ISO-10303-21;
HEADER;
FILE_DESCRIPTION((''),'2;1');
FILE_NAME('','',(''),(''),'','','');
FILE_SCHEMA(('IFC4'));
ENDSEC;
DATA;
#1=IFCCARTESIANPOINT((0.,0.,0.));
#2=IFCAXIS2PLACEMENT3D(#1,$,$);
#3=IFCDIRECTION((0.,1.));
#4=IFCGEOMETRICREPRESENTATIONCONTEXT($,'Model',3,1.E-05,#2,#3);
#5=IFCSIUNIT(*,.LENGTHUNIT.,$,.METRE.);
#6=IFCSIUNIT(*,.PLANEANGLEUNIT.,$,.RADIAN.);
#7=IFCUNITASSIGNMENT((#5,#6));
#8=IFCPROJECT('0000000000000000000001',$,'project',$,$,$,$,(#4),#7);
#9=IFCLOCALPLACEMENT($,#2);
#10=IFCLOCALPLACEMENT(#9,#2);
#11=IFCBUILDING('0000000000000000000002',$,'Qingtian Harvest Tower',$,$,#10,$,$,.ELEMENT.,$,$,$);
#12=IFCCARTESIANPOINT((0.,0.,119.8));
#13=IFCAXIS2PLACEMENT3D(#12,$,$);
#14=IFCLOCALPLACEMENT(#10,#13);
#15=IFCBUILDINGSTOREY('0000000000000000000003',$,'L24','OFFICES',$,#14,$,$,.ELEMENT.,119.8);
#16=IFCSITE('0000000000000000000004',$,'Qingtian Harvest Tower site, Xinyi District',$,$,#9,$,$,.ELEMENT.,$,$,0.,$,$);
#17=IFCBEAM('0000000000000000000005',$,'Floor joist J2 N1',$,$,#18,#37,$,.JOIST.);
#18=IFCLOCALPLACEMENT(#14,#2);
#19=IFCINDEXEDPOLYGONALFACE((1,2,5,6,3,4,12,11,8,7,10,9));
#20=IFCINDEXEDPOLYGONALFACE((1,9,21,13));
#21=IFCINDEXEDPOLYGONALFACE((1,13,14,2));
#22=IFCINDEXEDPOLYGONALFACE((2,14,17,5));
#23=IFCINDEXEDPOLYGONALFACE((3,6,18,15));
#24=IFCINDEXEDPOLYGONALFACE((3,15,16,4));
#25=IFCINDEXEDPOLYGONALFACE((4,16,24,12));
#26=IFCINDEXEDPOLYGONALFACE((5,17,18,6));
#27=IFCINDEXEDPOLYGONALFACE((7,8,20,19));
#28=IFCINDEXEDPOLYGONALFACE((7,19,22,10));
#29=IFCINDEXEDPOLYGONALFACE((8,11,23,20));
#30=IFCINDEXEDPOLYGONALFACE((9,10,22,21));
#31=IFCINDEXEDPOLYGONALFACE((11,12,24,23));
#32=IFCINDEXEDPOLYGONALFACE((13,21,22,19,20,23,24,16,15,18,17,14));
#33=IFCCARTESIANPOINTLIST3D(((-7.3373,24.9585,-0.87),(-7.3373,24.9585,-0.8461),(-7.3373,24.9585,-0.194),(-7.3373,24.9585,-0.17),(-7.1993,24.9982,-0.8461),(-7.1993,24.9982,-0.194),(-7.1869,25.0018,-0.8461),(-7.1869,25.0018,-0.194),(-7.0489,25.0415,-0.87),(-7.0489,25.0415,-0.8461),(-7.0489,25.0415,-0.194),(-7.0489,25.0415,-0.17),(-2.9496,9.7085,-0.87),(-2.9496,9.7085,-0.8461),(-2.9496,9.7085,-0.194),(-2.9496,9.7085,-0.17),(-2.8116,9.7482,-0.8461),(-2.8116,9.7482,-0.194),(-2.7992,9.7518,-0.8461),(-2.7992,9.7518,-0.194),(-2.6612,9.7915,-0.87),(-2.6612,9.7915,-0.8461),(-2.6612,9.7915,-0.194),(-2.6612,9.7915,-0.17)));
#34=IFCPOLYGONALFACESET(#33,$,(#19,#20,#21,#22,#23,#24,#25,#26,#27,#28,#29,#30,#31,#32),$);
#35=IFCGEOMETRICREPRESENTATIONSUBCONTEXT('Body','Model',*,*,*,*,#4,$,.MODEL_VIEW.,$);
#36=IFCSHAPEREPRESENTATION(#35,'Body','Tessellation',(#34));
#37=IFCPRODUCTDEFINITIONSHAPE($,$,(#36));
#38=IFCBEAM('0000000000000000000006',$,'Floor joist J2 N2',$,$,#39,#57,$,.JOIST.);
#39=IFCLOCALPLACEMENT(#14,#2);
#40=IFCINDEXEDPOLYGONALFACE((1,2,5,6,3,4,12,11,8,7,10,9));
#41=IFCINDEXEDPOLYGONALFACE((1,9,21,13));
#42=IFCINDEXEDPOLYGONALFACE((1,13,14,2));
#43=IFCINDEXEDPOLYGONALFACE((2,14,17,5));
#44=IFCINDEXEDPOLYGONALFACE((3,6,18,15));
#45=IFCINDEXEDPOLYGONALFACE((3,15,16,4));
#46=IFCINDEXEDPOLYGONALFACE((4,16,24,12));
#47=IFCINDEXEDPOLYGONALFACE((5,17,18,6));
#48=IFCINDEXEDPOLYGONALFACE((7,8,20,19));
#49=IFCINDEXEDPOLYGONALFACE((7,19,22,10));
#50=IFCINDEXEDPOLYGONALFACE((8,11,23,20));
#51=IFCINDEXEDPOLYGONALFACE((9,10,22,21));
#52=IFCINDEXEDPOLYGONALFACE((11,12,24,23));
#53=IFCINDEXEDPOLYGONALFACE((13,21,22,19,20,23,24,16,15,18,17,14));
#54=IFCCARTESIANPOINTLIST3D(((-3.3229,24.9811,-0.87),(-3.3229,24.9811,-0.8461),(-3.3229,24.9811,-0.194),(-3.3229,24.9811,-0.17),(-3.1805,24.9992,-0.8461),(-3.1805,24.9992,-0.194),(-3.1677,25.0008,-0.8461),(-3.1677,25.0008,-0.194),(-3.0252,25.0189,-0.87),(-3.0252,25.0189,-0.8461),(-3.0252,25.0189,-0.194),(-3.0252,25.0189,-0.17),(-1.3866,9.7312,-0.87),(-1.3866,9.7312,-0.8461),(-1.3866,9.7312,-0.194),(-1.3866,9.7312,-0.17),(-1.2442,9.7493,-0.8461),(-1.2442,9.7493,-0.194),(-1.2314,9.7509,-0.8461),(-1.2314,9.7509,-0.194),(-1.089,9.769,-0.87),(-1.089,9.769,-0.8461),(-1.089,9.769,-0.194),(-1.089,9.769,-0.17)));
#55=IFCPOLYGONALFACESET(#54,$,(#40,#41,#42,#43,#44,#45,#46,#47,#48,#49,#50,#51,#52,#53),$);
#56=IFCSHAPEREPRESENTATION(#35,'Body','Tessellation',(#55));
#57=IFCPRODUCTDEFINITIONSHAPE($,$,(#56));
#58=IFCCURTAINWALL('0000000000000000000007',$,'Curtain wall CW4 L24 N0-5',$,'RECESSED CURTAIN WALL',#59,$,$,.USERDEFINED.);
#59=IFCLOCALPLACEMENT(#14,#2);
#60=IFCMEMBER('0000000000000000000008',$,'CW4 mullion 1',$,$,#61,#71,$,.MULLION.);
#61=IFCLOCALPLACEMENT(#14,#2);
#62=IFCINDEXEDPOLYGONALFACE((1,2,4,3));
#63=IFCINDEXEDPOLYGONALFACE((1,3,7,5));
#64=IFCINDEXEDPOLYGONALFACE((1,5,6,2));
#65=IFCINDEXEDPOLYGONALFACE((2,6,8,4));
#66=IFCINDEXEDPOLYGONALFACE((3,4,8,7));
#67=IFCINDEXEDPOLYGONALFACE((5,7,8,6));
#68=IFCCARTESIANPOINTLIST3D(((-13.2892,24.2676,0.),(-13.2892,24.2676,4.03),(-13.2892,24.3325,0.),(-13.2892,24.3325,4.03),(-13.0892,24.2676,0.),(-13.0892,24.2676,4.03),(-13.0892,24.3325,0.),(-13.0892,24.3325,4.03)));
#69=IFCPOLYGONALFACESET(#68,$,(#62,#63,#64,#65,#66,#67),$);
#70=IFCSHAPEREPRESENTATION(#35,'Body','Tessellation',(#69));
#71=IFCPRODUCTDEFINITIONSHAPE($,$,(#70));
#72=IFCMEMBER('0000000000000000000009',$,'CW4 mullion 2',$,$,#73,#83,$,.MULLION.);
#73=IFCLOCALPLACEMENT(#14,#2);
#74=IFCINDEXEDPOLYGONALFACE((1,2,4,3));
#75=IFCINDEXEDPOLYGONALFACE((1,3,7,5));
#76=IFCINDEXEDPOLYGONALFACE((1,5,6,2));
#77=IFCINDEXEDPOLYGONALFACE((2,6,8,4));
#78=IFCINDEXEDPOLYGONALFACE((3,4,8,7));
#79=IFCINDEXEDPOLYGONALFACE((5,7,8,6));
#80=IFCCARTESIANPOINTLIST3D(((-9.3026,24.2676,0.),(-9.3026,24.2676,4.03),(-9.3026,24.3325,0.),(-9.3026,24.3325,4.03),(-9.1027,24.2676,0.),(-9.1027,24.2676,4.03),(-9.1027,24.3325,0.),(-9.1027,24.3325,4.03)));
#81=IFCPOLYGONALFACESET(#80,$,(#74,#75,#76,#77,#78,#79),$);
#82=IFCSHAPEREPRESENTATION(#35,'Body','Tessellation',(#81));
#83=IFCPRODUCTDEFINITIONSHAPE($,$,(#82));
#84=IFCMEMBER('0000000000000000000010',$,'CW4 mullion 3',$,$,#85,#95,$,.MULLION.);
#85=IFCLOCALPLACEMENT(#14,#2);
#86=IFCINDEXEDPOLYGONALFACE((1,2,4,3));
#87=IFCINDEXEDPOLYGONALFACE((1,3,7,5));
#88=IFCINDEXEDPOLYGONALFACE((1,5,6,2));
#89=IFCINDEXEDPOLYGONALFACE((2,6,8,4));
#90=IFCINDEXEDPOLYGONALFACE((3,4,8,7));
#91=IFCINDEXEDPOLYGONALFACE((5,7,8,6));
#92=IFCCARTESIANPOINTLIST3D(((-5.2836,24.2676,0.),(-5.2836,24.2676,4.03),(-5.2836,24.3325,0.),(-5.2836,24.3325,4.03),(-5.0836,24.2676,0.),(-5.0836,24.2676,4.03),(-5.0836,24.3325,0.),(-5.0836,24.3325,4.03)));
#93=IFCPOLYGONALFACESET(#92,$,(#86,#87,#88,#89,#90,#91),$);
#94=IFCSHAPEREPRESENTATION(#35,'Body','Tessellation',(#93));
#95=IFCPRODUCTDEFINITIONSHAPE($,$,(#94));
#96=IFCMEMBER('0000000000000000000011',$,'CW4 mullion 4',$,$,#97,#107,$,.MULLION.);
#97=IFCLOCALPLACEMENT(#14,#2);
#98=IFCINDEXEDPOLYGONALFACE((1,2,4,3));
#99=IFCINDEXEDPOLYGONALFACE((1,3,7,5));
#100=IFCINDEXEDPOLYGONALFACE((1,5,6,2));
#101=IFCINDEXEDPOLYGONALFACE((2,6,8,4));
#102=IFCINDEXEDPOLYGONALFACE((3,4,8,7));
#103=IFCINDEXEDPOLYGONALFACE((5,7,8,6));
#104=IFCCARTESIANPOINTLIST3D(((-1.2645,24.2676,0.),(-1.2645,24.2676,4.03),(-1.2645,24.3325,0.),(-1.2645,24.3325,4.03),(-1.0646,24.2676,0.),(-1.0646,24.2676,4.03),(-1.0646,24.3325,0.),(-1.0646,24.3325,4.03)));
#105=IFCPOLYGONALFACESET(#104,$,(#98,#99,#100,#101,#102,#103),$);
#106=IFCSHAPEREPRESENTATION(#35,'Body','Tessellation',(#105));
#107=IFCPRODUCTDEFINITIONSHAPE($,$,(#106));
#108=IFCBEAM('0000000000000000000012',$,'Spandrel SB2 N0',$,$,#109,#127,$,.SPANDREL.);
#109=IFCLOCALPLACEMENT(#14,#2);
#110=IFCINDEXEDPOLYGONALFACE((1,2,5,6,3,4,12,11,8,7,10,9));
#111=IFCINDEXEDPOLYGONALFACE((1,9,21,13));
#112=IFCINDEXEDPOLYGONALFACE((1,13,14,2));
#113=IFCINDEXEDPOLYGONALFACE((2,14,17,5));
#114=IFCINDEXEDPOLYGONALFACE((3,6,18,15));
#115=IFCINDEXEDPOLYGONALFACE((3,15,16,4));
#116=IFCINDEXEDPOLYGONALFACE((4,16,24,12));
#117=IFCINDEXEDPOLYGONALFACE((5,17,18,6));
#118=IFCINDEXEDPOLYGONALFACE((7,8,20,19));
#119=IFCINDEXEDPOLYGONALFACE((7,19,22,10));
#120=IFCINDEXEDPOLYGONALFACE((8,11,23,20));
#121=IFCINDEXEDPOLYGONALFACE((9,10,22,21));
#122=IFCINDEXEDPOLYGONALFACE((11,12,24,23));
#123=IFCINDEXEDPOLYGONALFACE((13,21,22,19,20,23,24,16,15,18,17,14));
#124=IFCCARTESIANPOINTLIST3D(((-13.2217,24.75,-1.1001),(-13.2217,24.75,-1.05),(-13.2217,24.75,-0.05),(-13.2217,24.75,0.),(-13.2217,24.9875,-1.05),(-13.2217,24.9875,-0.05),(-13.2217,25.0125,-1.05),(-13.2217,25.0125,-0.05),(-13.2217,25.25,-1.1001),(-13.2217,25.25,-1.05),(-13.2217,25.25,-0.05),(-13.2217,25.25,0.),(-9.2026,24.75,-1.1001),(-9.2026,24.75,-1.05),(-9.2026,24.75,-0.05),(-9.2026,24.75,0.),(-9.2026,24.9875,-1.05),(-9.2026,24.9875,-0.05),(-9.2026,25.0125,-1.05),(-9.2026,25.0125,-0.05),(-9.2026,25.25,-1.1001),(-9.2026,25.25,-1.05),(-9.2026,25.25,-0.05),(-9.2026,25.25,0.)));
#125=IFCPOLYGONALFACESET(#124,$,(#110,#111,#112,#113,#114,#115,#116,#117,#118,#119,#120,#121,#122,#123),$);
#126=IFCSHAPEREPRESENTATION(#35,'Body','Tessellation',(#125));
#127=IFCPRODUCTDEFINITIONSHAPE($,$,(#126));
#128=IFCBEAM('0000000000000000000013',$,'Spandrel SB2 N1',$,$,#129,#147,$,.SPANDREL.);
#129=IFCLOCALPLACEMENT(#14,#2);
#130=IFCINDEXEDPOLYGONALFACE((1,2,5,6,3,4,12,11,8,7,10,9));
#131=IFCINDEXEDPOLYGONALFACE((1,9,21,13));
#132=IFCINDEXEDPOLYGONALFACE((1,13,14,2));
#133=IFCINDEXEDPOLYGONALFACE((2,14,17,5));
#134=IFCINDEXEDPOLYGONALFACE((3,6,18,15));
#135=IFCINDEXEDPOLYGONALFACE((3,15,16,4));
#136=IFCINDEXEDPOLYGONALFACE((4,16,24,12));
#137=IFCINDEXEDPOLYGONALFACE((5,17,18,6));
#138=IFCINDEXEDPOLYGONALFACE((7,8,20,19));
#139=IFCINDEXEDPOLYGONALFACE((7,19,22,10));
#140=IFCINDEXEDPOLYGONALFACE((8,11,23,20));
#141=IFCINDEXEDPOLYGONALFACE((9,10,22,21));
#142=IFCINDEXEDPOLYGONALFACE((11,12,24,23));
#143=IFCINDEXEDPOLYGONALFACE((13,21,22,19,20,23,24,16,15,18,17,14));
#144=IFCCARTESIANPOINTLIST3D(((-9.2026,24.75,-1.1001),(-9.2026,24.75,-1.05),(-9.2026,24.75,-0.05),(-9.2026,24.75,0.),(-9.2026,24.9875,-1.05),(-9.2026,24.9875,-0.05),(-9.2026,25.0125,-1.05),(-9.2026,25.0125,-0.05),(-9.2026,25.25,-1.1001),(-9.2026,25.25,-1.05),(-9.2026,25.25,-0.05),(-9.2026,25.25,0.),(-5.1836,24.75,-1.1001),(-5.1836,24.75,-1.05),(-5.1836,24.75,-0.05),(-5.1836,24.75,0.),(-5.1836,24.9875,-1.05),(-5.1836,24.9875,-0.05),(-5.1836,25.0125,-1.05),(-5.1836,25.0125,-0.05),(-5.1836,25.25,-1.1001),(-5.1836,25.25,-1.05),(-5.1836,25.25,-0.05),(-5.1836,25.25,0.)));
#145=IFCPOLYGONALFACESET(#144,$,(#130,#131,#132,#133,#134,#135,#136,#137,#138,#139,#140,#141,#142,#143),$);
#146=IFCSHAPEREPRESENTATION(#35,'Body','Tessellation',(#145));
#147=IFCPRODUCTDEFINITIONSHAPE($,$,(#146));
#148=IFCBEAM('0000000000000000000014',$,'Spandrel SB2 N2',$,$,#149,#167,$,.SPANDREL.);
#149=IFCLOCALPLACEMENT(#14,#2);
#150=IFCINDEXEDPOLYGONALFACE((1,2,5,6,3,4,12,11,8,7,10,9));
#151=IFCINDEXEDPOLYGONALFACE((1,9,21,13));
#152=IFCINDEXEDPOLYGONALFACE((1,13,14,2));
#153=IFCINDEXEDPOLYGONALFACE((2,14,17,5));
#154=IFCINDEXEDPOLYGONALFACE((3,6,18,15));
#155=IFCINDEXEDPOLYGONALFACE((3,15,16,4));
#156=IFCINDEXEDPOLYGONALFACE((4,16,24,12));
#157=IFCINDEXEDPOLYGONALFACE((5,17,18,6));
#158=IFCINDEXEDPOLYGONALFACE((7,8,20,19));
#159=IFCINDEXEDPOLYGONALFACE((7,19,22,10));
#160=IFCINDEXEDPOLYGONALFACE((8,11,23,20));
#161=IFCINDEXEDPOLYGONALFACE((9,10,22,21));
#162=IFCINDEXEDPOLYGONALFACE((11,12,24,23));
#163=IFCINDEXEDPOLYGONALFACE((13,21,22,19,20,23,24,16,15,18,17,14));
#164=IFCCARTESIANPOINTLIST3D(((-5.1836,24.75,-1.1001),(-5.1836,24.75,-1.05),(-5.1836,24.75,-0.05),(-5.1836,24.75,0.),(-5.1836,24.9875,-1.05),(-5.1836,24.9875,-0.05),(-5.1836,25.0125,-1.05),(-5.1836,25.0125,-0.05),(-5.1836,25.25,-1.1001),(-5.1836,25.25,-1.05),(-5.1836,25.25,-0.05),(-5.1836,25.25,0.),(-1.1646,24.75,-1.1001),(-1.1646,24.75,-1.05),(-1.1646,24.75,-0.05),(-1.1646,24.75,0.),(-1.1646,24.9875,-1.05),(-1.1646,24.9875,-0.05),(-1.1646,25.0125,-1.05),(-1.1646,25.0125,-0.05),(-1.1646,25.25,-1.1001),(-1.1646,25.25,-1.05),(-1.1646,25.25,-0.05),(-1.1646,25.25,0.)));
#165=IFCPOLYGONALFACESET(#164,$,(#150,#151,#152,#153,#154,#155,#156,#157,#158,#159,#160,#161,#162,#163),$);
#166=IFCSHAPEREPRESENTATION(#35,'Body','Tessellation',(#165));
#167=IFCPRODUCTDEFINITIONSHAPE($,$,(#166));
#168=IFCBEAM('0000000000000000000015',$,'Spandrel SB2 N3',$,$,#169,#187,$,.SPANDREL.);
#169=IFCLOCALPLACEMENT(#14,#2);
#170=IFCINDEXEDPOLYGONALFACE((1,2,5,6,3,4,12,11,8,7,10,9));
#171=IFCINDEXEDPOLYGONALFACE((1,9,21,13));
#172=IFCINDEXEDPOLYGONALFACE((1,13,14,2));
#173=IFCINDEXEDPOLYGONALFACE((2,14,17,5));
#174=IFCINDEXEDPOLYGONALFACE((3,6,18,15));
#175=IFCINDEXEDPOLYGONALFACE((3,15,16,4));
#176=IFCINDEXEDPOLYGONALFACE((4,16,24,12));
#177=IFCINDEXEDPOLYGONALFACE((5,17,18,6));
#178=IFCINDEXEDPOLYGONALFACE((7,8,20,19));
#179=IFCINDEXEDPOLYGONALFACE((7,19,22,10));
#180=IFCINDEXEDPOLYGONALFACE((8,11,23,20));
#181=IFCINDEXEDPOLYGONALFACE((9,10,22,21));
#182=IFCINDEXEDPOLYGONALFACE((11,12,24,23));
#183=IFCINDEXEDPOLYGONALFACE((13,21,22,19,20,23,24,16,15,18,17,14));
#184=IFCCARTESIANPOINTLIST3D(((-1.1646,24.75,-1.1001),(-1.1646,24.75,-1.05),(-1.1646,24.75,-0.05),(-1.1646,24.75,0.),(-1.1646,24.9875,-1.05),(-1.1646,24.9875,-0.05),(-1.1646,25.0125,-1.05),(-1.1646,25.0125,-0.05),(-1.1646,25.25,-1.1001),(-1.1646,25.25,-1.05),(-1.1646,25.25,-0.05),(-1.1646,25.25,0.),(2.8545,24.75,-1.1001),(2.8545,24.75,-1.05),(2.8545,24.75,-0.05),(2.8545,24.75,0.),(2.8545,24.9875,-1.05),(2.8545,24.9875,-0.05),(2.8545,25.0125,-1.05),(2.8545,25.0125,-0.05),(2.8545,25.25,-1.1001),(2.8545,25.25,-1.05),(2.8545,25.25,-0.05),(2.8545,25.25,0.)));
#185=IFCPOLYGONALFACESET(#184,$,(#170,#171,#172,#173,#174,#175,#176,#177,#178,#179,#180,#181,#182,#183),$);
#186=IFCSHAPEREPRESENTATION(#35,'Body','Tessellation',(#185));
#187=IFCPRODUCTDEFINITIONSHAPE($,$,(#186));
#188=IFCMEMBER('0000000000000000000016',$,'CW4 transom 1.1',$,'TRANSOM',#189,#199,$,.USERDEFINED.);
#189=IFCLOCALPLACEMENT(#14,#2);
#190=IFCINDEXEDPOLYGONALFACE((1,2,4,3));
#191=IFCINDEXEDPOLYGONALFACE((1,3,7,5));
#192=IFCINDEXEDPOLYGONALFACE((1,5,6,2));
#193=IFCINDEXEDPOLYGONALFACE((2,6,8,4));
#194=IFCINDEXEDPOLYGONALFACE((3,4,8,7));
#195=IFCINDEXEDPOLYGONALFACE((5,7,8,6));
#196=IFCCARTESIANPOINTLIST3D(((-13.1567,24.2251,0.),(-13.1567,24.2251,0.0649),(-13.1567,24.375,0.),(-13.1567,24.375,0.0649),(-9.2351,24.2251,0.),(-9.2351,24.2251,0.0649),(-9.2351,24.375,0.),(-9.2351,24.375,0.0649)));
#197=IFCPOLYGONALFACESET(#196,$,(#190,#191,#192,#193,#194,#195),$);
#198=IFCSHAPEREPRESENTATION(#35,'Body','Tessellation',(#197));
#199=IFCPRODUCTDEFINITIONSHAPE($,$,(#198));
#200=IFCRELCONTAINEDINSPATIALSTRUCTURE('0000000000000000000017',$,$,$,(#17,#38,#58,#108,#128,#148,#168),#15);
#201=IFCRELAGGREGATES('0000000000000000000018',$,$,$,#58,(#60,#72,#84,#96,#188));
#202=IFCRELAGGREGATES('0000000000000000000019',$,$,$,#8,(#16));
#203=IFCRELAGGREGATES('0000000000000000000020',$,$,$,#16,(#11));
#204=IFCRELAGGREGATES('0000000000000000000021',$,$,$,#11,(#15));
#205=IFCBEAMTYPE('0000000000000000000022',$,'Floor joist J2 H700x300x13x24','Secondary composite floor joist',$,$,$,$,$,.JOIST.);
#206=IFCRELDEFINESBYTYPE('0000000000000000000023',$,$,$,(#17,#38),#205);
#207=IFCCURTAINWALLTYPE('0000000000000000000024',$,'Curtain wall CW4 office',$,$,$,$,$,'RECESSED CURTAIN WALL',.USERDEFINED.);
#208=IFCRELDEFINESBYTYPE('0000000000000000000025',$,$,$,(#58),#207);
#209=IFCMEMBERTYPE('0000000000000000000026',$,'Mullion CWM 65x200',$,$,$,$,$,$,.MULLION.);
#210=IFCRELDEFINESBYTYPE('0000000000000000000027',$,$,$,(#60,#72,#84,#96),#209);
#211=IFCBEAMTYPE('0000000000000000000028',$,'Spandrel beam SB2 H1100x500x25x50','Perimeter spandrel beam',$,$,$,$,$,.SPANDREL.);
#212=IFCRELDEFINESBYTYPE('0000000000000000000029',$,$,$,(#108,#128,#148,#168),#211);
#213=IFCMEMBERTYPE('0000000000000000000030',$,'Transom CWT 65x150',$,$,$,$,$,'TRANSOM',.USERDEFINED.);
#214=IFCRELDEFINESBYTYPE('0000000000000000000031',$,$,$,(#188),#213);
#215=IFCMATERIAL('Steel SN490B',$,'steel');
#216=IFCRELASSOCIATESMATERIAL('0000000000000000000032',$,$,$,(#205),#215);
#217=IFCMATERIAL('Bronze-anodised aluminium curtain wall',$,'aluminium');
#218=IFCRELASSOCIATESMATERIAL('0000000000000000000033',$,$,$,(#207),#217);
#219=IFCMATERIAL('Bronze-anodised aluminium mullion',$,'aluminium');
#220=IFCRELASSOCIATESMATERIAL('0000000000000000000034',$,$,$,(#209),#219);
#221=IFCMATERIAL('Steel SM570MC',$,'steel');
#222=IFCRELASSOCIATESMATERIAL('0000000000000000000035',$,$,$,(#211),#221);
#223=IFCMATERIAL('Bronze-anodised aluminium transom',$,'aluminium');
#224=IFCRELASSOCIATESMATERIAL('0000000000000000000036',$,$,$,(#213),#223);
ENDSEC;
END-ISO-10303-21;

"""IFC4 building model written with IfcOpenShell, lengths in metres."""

from ifc_helpers import new_model, si_unit, direction, frame, origin, origin_2d, place, context, subcontext, project, spatial, rectangle, i_section, extrude, material, material_profile, profile_set, type_object, element, aggregate, save


model = new_model("IFC4")

# Units and contexts
model_context = context("Model", 3, precision=1e-05, world=origin(), true_north=direction((0.0, 1.0)))
body_context = subcontext(model_context, "Body", "Model", "MODEL_VIEW")
ifc_project = project(units=[si_unit("LENGTHUNIT", "METRE"), si_unit("PLANEANGLEUNIT", "RADIAN")], contexts=[model_context])

# Site, building, storey
site_placement = place(None, origin())
site = spatial("IfcSite", under=ifc_project, at=site_placement, Name="Qingtian Harvest Tower site, Xinyi District", CompositionType="ELEMENT", RefElevation=0.0)
building_placement = place(site_placement, origin())
building = spatial("IfcBuilding", under=site, at=building_placement, Name="Qingtian Harvest Tower", CompositionType="ELEMENT")
storey_placement = place(building_placement, frame((0.0, 0.0, 119.8)))
storey = spatial("IfcBuildingStorey", under=building, at=storey_placement, Name="L24", Description="OFFICES", CompositionType="ELEMENT", Elevation=119.8)

# Beams
ifc_material_1 = material(Name="Steel SN490B", Category="steel")
ifc_material_profile_1 = material_profile(ifc_material_1, i_section(OverallWidth=0.3, OverallDepth=0.7, WebThickness=0.0129, FlangeThickness=0.0239, at=origin_2d()), Name="H700x300x13x24")
ifc_profile_set_1 = profile_set([ifc_material_profile_1], Name="Steel SN490B")
beam_type_1 = type_object("IfcBeamType", Name="Floor joist J2 H700x300x13x24", Description="Secondary composite floor joist", PredefinedType="JOIST", material=ifc_profile_set_1)
beam_1_placement = place(storey_placement, frame((-7.1931, 25.0, -0.52), z_axis=(0.276501, -0.961014, 0.0), x_axis=(0.961014, 0.276501, 0.0)))
element("IfcBeam", 1, at=beam_1_placement, inside=storey, type_object=beam_type_1, Name="Floor joist J2 N1", PredefinedType="JOIST", context=body_context, shape_type="SweptSolid", body=[
    extrude(i_section(OverallWidth=0.3, OverallDepth=0.7, WebThickness=0.0129, FlangeThickness=0.0239, at=origin_2d()), origin(), (0.0, 0.0, 1.0), 15.8687),
])
beam_2_placement = place(storey_placement, frame((-3.1741, 25.0, -0.52), z_axis=(0.125958, -0.992036, 0.0), x_axis=(0.992036, 0.125958, 0.0)))
element("IfcBeam", 2, at=beam_2_placement, inside=storey, type_object=beam_type_1, Name="Floor joist J2 N2", PredefinedType="JOIST", context=body_context, shape_type="SweptSolid", body=[
    extrude(i_section(OverallWidth=0.3, OverallDepth=0.7, WebThickness=0.0129, FlangeThickness=0.0239, at=origin_2d()), origin(), (0.0, 0.0, 1.0), 15.3723),
])

# Curtain wall, members
ifc_material_2 = material(Name="Bronze-anodised aluminium curtain wall", Category="aluminium")
curtain_wall_type = type_object("IfcCurtainWallType", Name="Curtain wall CW4 office", ElementType="RECESSED CURTAIN WALL", PredefinedType="USERDEFINED", material=ifc_material_2)
curtain_wall_placement = place(storey_placement, origin())
curtain_wall = element("IfcCurtainWall", 3, at=curtain_wall_placement, inside=storey, type_object=curtain_wall_type, Name="Curtain wall CW4 L24 N0-5", ObjectType="RECESSED CURTAIN WALL", PredefinedType="USERDEFINED")
ifc_material_3 = material(Name="Bronze-anodised aluminium mullion", Category="aluminium")
ifc_material_profile_2 = material_profile(ifc_material_3, rectangle(XDim=0.0649, YDim=0.2, at=origin_2d()), Name="AL 65x200")
ifc_profile_set_2 = profile_set([ifc_material_profile_2], Name="Bronze-anodised aluminium mullion")
member_type_1 = type_object("IfcMemberType", Name="Mullion CWM 65x200", PredefinedType="MULLION", material=ifc_profile_set_2)
member_1_placement = place(storey_placement, frame((-13.1892, 24.3, 0.0), z_axis=(0.0, 0.0, 1.0), x_axis=(0.0, 1.0, 0.0)))
member_1 = element("IfcMember", 4, at=member_1_placement, type_object=member_type_1, Name="CW4 mullion 1", PredefinedType="MULLION", context=body_context, shape_type="SweptSolid", body=[
    extrude(rectangle(XDim=0.0649, YDim=0.2, at=origin_2d()), origin(), (0.0, 0.0, 1.0), 4.03),
])
member_2_placement = place(storey_placement, frame((-9.2026, 24.3, 0.0), z_axis=(0.0, 0.0, 1.0), x_axis=(0.0, 1.0, 0.0)))
member_2 = element("IfcMember", 5, at=member_2_placement, type_object=member_type_1, Name="CW4 mullion 2", PredefinedType="MULLION", context=body_context, shape_type="SweptSolid", body=[
    extrude(rectangle(XDim=0.0649, YDim=0.2, at=origin_2d()), origin(), (0.0, 0.0, 1.0), 4.03),
])
member_3_placement = place(storey_placement, frame((-5.1836, 24.3, 0.0), z_axis=(0.0, 0.0, 1.0), x_axis=(0.0, 1.0, 0.0)))
member_3 = element("IfcMember", 6, at=member_3_placement, type_object=member_type_1, Name="CW4 mullion 3", PredefinedType="MULLION", context=body_context, shape_type="SweptSolid", body=[
    extrude(rectangle(XDim=0.0649, YDim=0.2, at=origin_2d()), origin(), (0.0, 0.0, 1.0), 4.03),
])
member_4_placement = place(storey_placement, frame((-1.1646, 24.3, 0.0), z_axis=(0.0, 0.0, 1.0), x_axis=(0.0, 1.0, 0.0)))
member_4 = element("IfcMember", 7, at=member_4_placement, type_object=member_type_1, Name="CW4 mullion 4", PredefinedType="MULLION", context=body_context, shape_type="SweptSolid", body=[
    extrude(rectangle(XDim=0.0649, YDim=0.2, at=origin_2d()), origin(), (0.0, 0.0, 1.0), 4.03),
])

# Beams
ifc_material_4 = material(Name="Steel SM570MC", Category="steel")
ifc_material_profile_3 = material_profile(ifc_material_4, i_section(OverallWidth=0.5, OverallDepth=1.1001, WebThickness=0.0249, FlangeThickness=0.05, at=origin_2d()), Name="H1100x500x25x50")
ifc_profile_set_3 = profile_set([ifc_material_profile_3], Name="Steel SM570MC")
beam_type_2 = type_object("IfcBeamType", Name="Spandrel beam SB2 H1100x500x25x50", Description="Perimeter spandrel beam", PredefinedType="SPANDREL", material=ifc_profile_set_3)
for number, where, z_axis, x_axis, name in (
    (8, (-13.2217, 25.0, -0.55), (1.0, 0.0, 0.0), (0.0, 1.0, 0.0), "Spandrel SB2 N0"),
    (9, (-9.2026, 25.0, -0.55), (1.0, 0.0, 0.0), (0.0, 1.0, 0.0), "Spandrel SB2 N1"),
    (10, (-5.1836, 25.0, -0.55), (1.0, 0.0, 0.0), (0.0, 1.0, 0.0), "Spandrel SB2 N2"),
    (11, (-1.1646, 25.0, -0.55), (1.0, 0.0, 0.0), (0.0, 1.0, 0.0), "Spandrel SB2 N3"),
):
    element("IfcBeam", number, at=place(storey_placement, frame(where, z_axis=z_axis, x_axis=x_axis)), inside=storey, type_object=beam_type_2, Name=name, PredefinedType="SPANDREL", context=body_context, shape_type="SweptSolid", body=[
        extrude(i_section(OverallWidth=0.5, OverallDepth=1.1001, WebThickness=0.0249, FlangeThickness=0.05, at=origin_2d()), origin(), (0.0, 0.0, 1.0), 4.019),
    ])

# Member
ifc_material_5 = material(Name="Bronze-anodised aluminium transom", Category="aluminium")
ifc_material_profile_4 = material_profile(ifc_material_5, rectangle(XDim=0.1499, YDim=0.0649, at=origin_2d()), Name="AL 65x150")
ifc_profile_set_4 = profile_set([ifc_material_profile_4], Name="Bronze-anodised aluminium transom")
member_type_2 = type_object("IfcMemberType", Name="Transom CWT 65x150", ElementType="TRANSOM", PredefinedType="USERDEFINED", material=ifc_profile_set_4)
member_5_placement = place(storey_placement, frame((-13.1567, 24.3, 0.0325), z_axis=(1.0, 0.0, 0.0), x_axis=(0.0, 1.0, 0.0)))
member_5 = element("IfcMember", 12, at=member_5_placement, type_object=member_type_2, Name="CW4 transom 1.1", ObjectType="TRANSOM", PredefinedType="USERDEFINED", context=body_context, shape_type="SweptSolid", body=[
    extrude(rectangle(XDim=0.1499, YDim=0.0649, at=origin_2d()), origin(), (0.0, 0.0, 1.0), 3.9216),
])

aggregate(curtain_wall, [member_1, member_2, member_3, member_4, member_5])

save(model, "model.ifc")
